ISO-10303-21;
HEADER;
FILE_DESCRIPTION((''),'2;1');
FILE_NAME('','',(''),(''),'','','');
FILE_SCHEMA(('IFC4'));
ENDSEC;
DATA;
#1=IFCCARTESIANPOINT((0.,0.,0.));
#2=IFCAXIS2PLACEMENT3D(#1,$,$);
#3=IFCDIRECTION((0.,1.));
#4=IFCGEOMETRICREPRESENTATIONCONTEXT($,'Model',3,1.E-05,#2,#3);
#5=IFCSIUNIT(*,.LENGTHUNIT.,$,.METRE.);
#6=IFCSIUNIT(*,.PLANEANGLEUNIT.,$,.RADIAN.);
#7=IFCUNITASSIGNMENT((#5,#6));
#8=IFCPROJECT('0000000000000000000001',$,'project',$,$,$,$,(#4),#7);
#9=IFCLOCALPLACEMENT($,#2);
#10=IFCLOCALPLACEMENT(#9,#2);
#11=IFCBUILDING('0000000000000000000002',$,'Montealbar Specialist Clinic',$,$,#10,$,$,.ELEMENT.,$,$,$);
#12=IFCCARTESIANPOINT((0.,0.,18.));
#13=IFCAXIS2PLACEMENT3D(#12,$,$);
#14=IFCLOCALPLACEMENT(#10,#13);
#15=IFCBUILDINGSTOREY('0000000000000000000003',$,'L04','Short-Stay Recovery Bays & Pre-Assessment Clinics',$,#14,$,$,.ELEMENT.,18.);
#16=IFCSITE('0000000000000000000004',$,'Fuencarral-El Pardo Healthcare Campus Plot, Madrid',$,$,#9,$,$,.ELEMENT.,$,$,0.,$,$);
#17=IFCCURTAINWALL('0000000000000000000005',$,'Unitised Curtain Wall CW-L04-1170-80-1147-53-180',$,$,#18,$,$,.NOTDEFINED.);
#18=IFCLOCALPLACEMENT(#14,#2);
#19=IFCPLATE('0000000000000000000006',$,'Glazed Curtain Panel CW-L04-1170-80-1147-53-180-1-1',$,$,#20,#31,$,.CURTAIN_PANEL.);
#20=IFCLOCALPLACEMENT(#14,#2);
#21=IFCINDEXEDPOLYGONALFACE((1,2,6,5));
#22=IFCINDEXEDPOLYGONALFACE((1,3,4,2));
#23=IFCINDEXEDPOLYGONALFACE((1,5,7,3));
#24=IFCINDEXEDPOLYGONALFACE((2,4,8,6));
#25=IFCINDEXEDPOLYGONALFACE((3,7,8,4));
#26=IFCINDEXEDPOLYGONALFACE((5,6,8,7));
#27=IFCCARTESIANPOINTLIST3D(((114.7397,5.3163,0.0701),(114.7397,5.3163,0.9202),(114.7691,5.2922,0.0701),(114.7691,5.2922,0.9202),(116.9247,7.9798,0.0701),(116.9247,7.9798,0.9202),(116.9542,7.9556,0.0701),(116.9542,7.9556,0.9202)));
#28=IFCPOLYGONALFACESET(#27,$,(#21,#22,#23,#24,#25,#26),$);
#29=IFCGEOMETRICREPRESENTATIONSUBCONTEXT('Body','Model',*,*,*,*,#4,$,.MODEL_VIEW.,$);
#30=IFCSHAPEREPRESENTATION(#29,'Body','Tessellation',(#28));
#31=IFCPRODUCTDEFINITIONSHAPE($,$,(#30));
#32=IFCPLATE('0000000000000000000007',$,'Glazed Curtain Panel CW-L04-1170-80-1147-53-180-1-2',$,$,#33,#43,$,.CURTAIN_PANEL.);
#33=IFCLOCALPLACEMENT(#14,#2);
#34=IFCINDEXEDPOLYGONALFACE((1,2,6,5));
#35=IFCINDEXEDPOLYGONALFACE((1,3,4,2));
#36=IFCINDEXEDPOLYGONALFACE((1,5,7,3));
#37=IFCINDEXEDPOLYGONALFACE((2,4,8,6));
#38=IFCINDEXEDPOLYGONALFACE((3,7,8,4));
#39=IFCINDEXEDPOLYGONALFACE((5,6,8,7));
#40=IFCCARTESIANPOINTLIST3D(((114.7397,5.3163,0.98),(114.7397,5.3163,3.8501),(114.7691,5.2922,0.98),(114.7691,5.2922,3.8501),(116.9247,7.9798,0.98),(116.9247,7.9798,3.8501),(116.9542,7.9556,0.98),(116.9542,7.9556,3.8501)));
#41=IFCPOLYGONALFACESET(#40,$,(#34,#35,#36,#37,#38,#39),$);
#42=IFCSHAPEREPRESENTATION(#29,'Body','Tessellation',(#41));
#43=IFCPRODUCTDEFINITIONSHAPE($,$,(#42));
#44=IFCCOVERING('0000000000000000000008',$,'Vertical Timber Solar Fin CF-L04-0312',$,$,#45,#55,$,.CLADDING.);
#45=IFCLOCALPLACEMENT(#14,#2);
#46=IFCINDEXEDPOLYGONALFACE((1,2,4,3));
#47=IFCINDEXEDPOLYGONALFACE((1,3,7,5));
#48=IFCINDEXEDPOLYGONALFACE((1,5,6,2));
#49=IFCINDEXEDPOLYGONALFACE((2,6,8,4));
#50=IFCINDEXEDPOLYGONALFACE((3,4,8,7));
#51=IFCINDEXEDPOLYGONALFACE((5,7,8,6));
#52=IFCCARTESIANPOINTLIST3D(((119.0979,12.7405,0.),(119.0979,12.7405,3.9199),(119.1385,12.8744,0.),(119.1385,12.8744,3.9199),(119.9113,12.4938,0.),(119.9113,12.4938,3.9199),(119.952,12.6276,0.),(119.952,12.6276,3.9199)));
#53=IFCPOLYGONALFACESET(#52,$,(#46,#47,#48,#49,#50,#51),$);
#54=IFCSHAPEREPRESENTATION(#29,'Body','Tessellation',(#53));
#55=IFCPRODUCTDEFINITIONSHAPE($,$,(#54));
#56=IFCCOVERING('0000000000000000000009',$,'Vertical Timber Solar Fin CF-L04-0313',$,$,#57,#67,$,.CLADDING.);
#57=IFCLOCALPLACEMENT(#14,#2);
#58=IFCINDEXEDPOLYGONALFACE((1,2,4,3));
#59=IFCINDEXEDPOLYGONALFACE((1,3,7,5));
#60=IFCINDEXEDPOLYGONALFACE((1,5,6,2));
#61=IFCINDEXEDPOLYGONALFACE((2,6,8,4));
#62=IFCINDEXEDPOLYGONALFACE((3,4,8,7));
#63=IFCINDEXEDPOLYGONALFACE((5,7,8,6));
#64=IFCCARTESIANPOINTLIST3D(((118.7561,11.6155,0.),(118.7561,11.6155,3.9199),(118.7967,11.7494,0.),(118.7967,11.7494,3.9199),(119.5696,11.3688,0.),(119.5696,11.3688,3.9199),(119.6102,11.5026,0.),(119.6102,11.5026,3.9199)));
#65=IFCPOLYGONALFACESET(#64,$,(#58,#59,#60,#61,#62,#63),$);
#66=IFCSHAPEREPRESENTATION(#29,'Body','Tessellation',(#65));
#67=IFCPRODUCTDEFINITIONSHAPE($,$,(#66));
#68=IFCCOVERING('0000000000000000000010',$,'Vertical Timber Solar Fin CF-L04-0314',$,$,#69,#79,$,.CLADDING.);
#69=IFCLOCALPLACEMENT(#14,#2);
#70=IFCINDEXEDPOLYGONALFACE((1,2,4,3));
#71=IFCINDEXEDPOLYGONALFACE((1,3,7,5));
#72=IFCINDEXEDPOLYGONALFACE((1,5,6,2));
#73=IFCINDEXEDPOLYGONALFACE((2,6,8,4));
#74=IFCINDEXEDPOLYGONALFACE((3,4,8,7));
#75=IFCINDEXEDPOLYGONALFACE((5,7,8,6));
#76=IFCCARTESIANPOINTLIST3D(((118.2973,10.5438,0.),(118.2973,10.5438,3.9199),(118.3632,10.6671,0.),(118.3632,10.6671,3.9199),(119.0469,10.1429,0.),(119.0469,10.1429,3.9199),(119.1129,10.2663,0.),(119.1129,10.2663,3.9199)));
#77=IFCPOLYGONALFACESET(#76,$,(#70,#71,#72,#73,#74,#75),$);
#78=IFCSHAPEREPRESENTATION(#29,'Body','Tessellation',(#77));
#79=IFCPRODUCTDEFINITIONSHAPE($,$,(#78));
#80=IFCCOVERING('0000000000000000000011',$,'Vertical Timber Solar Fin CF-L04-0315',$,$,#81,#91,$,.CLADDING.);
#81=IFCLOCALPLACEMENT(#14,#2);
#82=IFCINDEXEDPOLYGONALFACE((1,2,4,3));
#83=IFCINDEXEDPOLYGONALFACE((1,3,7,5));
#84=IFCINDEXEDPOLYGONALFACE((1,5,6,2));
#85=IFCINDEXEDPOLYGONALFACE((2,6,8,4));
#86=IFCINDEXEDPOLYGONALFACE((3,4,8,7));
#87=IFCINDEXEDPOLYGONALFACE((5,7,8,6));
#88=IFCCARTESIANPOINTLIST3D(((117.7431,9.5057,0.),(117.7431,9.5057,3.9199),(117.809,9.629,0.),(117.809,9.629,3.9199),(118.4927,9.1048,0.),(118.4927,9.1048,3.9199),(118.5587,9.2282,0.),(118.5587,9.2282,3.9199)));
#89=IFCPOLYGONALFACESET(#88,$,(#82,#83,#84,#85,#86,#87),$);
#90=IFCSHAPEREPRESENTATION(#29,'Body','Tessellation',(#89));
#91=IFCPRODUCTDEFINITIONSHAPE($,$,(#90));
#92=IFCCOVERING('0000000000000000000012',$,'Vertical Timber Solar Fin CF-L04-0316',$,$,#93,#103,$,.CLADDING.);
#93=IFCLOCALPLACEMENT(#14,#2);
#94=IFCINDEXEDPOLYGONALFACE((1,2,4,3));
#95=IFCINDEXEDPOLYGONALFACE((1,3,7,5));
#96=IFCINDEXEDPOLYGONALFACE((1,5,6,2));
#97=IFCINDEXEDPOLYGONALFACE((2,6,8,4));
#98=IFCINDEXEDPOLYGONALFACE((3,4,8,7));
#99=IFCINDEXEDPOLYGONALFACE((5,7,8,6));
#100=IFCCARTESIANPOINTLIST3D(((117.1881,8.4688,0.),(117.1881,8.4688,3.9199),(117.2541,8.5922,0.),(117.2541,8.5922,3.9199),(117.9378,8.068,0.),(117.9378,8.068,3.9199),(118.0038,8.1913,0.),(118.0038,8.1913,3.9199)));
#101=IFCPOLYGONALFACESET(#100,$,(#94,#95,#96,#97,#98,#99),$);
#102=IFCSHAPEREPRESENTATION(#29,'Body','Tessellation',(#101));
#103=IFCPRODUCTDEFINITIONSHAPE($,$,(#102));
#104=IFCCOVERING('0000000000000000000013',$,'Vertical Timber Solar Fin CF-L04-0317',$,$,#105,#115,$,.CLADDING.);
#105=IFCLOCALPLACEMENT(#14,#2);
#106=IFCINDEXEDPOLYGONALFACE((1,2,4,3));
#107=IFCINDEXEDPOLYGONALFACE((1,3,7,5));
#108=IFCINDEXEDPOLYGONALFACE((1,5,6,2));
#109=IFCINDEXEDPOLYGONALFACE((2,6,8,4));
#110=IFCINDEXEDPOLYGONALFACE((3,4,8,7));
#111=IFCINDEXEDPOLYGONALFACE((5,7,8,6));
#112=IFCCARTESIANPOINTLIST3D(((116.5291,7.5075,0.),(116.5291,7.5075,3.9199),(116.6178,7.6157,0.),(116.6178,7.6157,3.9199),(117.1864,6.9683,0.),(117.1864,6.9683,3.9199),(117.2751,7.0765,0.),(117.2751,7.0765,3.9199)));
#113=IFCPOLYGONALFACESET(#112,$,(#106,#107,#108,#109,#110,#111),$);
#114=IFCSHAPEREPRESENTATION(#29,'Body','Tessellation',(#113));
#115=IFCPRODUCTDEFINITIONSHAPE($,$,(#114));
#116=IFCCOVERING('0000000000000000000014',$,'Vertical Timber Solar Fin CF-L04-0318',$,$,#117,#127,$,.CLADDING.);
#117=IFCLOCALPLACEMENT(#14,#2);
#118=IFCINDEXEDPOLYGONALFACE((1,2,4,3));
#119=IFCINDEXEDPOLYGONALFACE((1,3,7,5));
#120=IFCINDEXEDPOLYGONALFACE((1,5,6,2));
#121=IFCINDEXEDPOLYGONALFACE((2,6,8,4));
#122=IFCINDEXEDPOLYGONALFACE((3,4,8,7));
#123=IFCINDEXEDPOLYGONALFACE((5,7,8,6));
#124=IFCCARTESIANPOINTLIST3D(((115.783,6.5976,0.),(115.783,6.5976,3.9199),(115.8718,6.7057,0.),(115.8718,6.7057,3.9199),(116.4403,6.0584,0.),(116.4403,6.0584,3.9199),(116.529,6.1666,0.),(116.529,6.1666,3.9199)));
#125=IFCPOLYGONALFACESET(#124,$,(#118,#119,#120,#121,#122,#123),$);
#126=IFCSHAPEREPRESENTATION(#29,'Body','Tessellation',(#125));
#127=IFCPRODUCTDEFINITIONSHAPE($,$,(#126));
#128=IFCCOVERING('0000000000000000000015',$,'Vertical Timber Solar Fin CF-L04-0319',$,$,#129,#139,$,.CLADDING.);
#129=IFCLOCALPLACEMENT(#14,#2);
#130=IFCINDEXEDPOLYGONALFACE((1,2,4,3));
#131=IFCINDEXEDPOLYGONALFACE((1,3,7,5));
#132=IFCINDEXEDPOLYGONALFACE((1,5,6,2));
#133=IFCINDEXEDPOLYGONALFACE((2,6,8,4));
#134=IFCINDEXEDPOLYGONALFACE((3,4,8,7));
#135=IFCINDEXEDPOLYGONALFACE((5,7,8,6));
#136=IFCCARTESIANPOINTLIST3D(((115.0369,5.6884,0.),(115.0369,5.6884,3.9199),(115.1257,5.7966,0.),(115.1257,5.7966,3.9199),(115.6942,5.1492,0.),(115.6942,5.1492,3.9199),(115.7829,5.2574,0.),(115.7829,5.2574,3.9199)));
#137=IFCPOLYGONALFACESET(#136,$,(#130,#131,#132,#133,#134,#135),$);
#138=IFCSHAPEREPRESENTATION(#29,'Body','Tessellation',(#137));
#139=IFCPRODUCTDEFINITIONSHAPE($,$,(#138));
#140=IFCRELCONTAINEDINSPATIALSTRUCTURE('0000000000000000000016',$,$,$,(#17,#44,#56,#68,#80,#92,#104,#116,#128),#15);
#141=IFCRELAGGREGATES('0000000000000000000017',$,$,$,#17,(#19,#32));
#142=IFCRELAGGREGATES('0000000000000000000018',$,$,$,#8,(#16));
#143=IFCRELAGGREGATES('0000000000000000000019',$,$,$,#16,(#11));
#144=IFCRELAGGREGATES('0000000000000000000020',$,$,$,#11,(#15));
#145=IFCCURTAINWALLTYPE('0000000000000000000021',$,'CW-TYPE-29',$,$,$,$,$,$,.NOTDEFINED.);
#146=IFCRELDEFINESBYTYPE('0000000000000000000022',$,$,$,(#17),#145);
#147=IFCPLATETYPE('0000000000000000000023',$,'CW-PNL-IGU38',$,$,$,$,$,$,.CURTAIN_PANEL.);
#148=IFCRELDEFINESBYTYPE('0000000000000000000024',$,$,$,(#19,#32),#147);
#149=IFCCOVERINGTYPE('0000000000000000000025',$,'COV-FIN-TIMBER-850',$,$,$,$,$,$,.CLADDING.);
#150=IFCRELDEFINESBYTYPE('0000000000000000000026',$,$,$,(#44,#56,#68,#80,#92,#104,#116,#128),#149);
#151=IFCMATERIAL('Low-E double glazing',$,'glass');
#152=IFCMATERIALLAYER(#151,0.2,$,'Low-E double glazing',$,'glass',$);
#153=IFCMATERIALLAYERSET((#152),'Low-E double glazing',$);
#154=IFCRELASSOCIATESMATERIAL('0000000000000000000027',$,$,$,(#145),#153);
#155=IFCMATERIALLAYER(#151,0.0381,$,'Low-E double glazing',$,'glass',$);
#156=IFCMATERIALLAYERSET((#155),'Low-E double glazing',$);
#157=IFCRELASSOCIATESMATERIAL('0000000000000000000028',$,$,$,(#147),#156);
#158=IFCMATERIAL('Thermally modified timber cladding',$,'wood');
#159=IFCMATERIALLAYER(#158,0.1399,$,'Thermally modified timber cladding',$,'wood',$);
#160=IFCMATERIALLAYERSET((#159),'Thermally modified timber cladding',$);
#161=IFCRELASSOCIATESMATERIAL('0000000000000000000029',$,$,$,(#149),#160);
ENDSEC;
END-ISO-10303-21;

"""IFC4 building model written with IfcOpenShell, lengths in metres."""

from ifc_helpers import new_model, si_unit, direction, frame, origin, origin_2d, place, context, subcontext, project, spatial, rectangle, extrude, material, layer, layer_set, type_object, element, aggregate, save


model = new_model("IFC4")

# Units and contexts
model_context = context("Model", 3, precision=1e-05, world=origin(), true_north=direction((0.0, 1.0)))
body_context = subcontext(model_context, "Body", "Model", "MODEL_VIEW")
ifc_project = project(units=[si_unit("LENGTHUNIT", "METRE"), si_unit("PLANEANGLEUNIT", "RADIAN")], contexts=[model_context])

# Site, building, storey
site_placement = place(None, origin())
site = spatial("IfcSite", under=ifc_project, at=site_placement, Name="Fuencarral-El Pardo Healthcare Campus Plot, Madrid", CompositionType="ELEMENT", RefElevation=0.0)
building_placement = place(site_placement, origin())
building = spatial("IfcBuilding", under=site, at=building_placement, Name="Montealbar Specialist Clinic", CompositionType="ELEMENT")
storey_placement = place(building_placement, frame((0.0, 0.0, 18.0)))
storey = spatial("IfcBuildingStorey", under=building, at=storey_placement, Name="L04", Description="Short-Stay Recovery Bays & Pre-Assessment Clinics", CompositionType="ELEMENT", Elevation=18.0)

# Shared definitions
ifc_material_1 = material(Name="Low-E double glazing", Category="glass")
ifc_layer_1 = layer(ifc_material_1, 0.2, Name="Low-E double glazing", Category="glass")
ifc_layer_set_1 = layer_set([ifc_layer_1], Name="Low-E double glazing")
curtain_wall_type = type_object("IfcCurtainWallType", Name="CW-TYPE-29", PredefinedType="NOTDEFINED", material=ifc_layer_set_1)

# Curtain wall
curtain_wall_1_placement = place(storey_placement, origin())
curtain_wall_1 = element("IfcCurtainWall", 1, at=curtain_wall_1_placement, inside=storey, type_object=curtain_wall_type, Name="Unitised Curtain Wall CW-L04-1170-80-1147-53-180", PredefinedType="NOTDEFINED")

# Plates
ifc_layer_2 = layer(ifc_material_1, 0.0381, Name="Low-E double glazing", Category="glass")
ifc_layer_set_2 = layer_set([ifc_layer_2], Name="Low-E double glazing")
plate_type = type_object("IfcPlateType", Name="CW-PNL-IGU38", PredefinedType="CURTAIN_PANEL", material=ifc_layer_set_2)
plate_1_placement = place(storey_placement, frame((115.8469, 6.636, 0.0701), z_axis=(0.0, 0.0, 1.0), x_axis=(-0.634256, -0.773123, 0.0)))
plate_1 = element("IfcPlate", 2, at=plate_1_placement, type_object=plate_type, Name="Glazed Curtain Panel CW-L04-1170-80-1147-53-180-1-1", PredefinedType="CURTAIN_PANEL", context=body_context, shape_type="SweptSolid", body=[
    extrude(rectangle(XDim=3.4451, YDim=0.0381, at=origin_2d()), origin(), (0.0, 0.0, 1.0), 0.8501),
])
plate_2_placement = place(storey_placement, frame((115.8469, 6.636, 0.98), z_axis=(0.0, 0.0, 1.0), x_axis=(-0.634256, -0.773123, 0.0)))
plate_2 = element("IfcPlate", 3, at=plate_2_placement, type_object=plate_type, Name="Glazed Curtain Panel CW-L04-1170-80-1147-53-180-1-2", PredefinedType="CURTAIN_PANEL", context=body_context, shape_type="SweptSolid", body=[
    extrude(rectangle(XDim=3.4451, YDim=0.0381, at=origin_2d()), origin(), (0.0, 0.0, 1.0), 2.8701),
])
aggregate(curtain_wall_1, [plate_1, plate_2])

# Coverings
ifc_material_2 = material(Name="Thermally modified timber cladding", Category="wood")
ifc_layer_3 = layer(ifc_material_2, 0.1399, Name="Thermally modified timber cladding", Category="wood")
ifc_layer_set_3 = layer_set([ifc_layer_3], Name="Thermally modified timber cladding")
covering_type = type_object("IfcCoveringType", Name="COV-FIN-TIMBER-850", PredefinedType="CLADDING", material=ifc_layer_set_3)
for number, where, z_axis, x_axis, name in (
    (4, (119.5249, 12.6841, 0.0), (0.0, 0.0, 1.0), (0.956948, -0.290259, 0.0), "Vertical Timber Solar Fin CF-L04-0312"),
    (5, (119.1831, 11.5591, 0.0), (0.0, 0.0, 1.0), (0.956948, -0.290259, 0.0), "Vertical Timber Solar Fin CF-L04-0313"),
    (6, (118.7051, 10.405, 0.0), (0.0, 0.0, 1.0), (0.88185, -0.471529, 0.0), "Vertical Timber Solar Fin CF-L04-0314"),
    (7, (118.1509, 9.3669, 0.0), (0.0, 0.0, 1.0), (0.88185, -0.471529, 0.0), "Vertical Timber Solar Fin CF-L04-0315"),
    (8, (117.5959, 8.3301, 0.0), (0.0, 0.0, 1.0), (0.88185, -0.471529, 0.0), "Vertical Timber Solar Fin CF-L04-0316"),
    (9, (116.9021, 7.292, 0.0), (0.0, 0.0, 1.0), (0.773123, -0.634256, 0.0), "Vertical Timber Solar Fin CF-L04-0317"),
    (10, (116.156, 6.3821, 0.0), (0.0, 0.0, 1.0), (0.773123, -0.634256, 0.0), "Vertical Timber Solar Fin CF-L04-0318"),
    (11, (115.4099, 5.4729, 0.0), (0.0, 0.0, 1.0), (0.773123, -0.634256, 0.0), "Vertical Timber Solar Fin CF-L04-0319"),
):
    element("IfcCovering", number, at=place(storey_placement, frame(where, z_axis=z_axis, x_axis=x_axis)), inside=storey, type_object=covering_type, Name=name, PredefinedType="CLADDING", context=body_context, shape_type="SweptSolid", body=[
        extrude(rectangle(XDim=0.8501, YDim=0.1399, at=origin_2d()), origin(), (0.0, 0.0, 1.0), 3.9199),
    ])

save(model, "model.ifc")
